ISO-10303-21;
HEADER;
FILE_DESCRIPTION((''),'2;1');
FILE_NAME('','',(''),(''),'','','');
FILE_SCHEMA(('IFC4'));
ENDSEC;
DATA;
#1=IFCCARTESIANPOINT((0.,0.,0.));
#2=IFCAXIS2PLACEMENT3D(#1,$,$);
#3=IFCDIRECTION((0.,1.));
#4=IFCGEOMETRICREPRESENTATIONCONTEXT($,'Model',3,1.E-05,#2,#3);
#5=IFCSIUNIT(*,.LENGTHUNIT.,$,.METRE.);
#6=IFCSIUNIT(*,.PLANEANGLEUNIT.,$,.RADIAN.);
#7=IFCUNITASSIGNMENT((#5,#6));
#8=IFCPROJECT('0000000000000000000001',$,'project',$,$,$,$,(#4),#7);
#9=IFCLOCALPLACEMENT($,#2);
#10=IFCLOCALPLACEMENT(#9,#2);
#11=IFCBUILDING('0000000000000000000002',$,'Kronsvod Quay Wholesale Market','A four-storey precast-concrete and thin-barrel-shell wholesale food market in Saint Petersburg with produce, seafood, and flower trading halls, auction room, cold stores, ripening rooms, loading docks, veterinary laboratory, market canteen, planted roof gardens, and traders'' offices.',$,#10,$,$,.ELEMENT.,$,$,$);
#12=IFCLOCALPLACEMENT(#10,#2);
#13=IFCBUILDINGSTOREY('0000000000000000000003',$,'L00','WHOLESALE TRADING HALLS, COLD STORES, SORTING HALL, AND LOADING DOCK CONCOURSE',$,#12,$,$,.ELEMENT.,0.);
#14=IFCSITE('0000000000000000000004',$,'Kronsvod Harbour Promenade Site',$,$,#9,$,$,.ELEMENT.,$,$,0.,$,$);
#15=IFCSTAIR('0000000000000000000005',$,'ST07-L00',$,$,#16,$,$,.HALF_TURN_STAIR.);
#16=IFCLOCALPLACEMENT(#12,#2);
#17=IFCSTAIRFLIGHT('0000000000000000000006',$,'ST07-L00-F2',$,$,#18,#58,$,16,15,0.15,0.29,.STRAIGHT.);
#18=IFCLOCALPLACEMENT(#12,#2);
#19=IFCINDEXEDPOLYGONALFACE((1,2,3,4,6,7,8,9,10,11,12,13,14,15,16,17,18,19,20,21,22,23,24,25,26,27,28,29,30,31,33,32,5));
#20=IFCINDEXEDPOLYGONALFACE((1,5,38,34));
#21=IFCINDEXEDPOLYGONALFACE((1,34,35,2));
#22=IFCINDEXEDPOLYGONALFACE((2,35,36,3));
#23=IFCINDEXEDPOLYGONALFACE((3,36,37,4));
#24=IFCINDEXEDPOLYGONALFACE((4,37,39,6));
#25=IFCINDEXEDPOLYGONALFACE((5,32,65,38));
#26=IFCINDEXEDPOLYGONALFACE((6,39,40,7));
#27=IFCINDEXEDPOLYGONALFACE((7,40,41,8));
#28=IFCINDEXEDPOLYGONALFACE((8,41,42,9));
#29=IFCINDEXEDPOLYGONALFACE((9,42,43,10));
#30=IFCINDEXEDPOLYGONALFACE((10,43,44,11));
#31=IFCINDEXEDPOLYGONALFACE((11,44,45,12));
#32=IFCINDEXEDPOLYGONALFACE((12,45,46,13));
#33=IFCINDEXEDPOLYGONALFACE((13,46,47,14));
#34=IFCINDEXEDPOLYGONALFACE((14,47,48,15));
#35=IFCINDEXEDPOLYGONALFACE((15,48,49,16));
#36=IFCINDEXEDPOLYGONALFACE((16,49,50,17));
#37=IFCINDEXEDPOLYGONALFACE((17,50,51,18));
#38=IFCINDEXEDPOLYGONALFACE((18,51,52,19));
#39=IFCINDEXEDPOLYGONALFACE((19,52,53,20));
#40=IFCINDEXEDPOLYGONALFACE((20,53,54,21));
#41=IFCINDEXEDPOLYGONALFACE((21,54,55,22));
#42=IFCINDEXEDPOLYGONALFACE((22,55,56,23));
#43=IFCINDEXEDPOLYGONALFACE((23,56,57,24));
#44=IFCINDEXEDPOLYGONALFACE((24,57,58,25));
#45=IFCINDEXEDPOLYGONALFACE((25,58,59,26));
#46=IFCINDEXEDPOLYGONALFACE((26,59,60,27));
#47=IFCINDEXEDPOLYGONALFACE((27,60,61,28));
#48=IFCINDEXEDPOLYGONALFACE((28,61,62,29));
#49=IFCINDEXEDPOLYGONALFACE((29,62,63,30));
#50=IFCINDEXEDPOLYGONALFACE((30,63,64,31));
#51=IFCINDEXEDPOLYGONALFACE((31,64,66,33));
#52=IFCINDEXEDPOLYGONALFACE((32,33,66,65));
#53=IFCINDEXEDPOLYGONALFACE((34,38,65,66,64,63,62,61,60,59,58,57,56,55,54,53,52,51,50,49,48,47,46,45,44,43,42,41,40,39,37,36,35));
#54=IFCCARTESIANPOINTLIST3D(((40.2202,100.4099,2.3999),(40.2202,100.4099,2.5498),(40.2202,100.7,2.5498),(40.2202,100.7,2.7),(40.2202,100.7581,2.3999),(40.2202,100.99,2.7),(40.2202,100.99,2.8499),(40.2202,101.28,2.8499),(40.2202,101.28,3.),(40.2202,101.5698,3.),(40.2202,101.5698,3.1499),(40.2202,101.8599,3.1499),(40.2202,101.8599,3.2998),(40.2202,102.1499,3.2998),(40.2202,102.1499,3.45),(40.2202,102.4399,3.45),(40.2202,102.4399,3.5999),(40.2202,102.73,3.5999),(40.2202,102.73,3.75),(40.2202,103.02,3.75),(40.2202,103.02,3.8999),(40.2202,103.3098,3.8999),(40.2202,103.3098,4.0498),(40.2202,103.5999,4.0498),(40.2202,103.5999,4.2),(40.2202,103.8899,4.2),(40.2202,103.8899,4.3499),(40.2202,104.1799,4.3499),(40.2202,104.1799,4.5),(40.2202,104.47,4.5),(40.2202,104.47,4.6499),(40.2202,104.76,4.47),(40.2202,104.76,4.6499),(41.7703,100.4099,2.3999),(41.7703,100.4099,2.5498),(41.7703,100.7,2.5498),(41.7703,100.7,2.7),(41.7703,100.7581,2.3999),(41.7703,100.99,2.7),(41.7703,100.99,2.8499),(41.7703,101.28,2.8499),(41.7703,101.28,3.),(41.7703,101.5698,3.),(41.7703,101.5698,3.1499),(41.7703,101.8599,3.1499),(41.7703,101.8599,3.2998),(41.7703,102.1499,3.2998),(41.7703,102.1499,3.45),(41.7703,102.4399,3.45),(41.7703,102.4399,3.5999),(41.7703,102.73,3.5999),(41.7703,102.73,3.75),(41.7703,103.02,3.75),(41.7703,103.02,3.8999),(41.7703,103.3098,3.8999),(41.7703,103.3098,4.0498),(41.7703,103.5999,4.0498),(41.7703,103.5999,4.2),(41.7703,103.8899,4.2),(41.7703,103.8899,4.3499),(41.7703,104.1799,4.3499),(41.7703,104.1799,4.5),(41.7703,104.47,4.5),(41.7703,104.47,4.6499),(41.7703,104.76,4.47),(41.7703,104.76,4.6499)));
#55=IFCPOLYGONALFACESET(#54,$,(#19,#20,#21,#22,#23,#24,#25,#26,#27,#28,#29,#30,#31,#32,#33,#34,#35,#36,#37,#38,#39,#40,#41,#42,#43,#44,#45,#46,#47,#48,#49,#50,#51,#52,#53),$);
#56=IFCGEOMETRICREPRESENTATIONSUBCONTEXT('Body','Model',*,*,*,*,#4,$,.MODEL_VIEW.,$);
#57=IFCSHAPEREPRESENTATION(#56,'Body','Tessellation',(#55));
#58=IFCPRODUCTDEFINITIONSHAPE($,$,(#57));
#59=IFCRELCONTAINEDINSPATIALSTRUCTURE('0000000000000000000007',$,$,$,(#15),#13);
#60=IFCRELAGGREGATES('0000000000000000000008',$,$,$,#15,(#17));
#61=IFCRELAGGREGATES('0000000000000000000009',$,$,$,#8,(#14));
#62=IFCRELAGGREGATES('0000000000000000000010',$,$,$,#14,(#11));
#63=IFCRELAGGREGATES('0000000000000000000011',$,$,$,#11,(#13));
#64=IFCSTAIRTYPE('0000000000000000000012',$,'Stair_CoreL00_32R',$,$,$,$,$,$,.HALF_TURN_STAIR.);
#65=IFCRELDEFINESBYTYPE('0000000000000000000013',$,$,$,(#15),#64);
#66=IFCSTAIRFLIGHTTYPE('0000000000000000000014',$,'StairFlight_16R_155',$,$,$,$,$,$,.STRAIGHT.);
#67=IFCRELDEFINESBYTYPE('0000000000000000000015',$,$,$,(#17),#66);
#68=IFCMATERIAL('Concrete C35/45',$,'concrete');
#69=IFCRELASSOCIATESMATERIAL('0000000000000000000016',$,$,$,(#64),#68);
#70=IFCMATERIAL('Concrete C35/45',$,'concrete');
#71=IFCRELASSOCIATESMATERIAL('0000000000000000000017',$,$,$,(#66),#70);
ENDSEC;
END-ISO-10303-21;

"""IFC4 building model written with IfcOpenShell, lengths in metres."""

from ifc_helpers import new_model, si_unit, direction, frame, origin, place, context, subcontext, project, spatial, polyline, outline, extrude, material, type_object, element, aggregate, save


model = new_model("IFC4")

# Units and contexts
model_context = context("Model", 3, precision=1e-05, world=origin(), true_north=direction((0.0, 1.0)))
body_context = subcontext(model_context, "Body", "Model", "MODEL_VIEW")
ifc_project = project(units=[si_unit("LENGTHUNIT", "METRE"), si_unit("PLANEANGLEUNIT", "RADIAN")], contexts=[model_context])

# Site, building, storey
site_placement = place(None, origin())
site = spatial("IfcSite", under=ifc_project, at=site_placement, Name="Kronsvod Harbour Promenade Site", CompositionType="ELEMENT", RefElevation=0.0)
building_placement = place(site_placement, origin())
building = spatial("IfcBuilding", under=site, at=building_placement, Name="Kronsvod Quay Wholesale Market", Description="A four-storey precast-concrete and thin-barrel-shell wholesale food market in Saint Petersburg with produce, seafood, and flower trading halls, auction room, cold stores, ripening rooms, loading docks, veterinary laboratory, market canteen, planted roof gardens, and traders' offices.", CompositionType="ELEMENT")
storey_placement = place(building_placement, origin())
storey = spatial("IfcBuildingStorey", under=building, at=storey_placement, Name="L00", Description="WHOLESALE TRADING HALLS, COLD STORES, SORTING HALL, AND LOADING DOCK CONCOURSE", CompositionType="ELEMENT", Elevation=0.0)

# Stair, stair flight
ifc_material_1 = material(Name="Concrete C35/45", Category="concrete")
stair_type = type_object("IfcStairType", Name="Stair_CoreL00_32R", PredefinedType="HALF_TURN_STAIR", material=ifc_material_1)
stair_placement = place(storey_placement, origin())
stair = element("IfcStair", 1, at=stair_placement, inside=storey, type_object=stair_type, Name="ST07-L00", PredefinedType="HALF_TURN_STAIR")
ifc_material_2 = material(Name="Concrete C35/45", Category="concrete")
stair_flight_type = type_object("IfcStairFlightType", Name="StairFlight_16R_155", PredefinedType="STRAIGHT", material=ifc_material_2)
stair_flight_1_placement = place(storey_placement, frame((40.9951, 100.4099, 2.3999), z_axis=(0.0, 0.0, 1.0), x_axis=(0.0, 1.0, 0.0)))
stair_flight_1 = element("IfcStairFlight", 2, at=stair_flight_1_placement, type_object=stair_flight_type, Name="ST07-L00-F2", NumberOfRisers=16, NumberOfTreads=15, PredefinedType="STRAIGHT", RiserHeight=0.15, TreadLength=0.29, context=body_context, shape_type="SweptSolid", body=[
    extrude(outline(polyline([(0.0, 0.0), (0.0, 0.1499), (0.29, 0.1499), (0.29, 0.3), (0.5801, 0.3), (0.5801, 0.45), (0.8701, 0.45), (0.8701, 0.6001), (1.1599, 0.6001), (1.1599, 0.75), (1.45, 0.75), (1.45, 0.8999), (1.74, 0.8999), (1.74, 1.05), (2.03, 1.05), (2.03, 1.2), (2.3201, 1.2), (2.3201, 1.3501), (2.6101, 1.3501), (2.6101, 1.5), (2.8999, 1.5), (2.8999, 1.6499), (3.1899, 1.6499), (3.1899, 1.8), (3.48, 1.8), (3.48, 1.95), (3.77, 1.95), (3.77, 2.1001), (4.0601, 2.1001), (4.0601, 2.25), (4.3501, 2.25), (4.3501, 2.3999), (4.3501, 2.0701), (0.3481, 0.0), (0.0, 0.0)])), frame((0.0, 0.7749, 0.0), z_axis=(0.0, -1.0, 0.0), x_axis=(1.0, 0.0, 0.0)), (0.0, 0.0, 1.0), 1.55),
])
aggregate(stair, [stair_flight_1])

save(model, "model.ifc")
